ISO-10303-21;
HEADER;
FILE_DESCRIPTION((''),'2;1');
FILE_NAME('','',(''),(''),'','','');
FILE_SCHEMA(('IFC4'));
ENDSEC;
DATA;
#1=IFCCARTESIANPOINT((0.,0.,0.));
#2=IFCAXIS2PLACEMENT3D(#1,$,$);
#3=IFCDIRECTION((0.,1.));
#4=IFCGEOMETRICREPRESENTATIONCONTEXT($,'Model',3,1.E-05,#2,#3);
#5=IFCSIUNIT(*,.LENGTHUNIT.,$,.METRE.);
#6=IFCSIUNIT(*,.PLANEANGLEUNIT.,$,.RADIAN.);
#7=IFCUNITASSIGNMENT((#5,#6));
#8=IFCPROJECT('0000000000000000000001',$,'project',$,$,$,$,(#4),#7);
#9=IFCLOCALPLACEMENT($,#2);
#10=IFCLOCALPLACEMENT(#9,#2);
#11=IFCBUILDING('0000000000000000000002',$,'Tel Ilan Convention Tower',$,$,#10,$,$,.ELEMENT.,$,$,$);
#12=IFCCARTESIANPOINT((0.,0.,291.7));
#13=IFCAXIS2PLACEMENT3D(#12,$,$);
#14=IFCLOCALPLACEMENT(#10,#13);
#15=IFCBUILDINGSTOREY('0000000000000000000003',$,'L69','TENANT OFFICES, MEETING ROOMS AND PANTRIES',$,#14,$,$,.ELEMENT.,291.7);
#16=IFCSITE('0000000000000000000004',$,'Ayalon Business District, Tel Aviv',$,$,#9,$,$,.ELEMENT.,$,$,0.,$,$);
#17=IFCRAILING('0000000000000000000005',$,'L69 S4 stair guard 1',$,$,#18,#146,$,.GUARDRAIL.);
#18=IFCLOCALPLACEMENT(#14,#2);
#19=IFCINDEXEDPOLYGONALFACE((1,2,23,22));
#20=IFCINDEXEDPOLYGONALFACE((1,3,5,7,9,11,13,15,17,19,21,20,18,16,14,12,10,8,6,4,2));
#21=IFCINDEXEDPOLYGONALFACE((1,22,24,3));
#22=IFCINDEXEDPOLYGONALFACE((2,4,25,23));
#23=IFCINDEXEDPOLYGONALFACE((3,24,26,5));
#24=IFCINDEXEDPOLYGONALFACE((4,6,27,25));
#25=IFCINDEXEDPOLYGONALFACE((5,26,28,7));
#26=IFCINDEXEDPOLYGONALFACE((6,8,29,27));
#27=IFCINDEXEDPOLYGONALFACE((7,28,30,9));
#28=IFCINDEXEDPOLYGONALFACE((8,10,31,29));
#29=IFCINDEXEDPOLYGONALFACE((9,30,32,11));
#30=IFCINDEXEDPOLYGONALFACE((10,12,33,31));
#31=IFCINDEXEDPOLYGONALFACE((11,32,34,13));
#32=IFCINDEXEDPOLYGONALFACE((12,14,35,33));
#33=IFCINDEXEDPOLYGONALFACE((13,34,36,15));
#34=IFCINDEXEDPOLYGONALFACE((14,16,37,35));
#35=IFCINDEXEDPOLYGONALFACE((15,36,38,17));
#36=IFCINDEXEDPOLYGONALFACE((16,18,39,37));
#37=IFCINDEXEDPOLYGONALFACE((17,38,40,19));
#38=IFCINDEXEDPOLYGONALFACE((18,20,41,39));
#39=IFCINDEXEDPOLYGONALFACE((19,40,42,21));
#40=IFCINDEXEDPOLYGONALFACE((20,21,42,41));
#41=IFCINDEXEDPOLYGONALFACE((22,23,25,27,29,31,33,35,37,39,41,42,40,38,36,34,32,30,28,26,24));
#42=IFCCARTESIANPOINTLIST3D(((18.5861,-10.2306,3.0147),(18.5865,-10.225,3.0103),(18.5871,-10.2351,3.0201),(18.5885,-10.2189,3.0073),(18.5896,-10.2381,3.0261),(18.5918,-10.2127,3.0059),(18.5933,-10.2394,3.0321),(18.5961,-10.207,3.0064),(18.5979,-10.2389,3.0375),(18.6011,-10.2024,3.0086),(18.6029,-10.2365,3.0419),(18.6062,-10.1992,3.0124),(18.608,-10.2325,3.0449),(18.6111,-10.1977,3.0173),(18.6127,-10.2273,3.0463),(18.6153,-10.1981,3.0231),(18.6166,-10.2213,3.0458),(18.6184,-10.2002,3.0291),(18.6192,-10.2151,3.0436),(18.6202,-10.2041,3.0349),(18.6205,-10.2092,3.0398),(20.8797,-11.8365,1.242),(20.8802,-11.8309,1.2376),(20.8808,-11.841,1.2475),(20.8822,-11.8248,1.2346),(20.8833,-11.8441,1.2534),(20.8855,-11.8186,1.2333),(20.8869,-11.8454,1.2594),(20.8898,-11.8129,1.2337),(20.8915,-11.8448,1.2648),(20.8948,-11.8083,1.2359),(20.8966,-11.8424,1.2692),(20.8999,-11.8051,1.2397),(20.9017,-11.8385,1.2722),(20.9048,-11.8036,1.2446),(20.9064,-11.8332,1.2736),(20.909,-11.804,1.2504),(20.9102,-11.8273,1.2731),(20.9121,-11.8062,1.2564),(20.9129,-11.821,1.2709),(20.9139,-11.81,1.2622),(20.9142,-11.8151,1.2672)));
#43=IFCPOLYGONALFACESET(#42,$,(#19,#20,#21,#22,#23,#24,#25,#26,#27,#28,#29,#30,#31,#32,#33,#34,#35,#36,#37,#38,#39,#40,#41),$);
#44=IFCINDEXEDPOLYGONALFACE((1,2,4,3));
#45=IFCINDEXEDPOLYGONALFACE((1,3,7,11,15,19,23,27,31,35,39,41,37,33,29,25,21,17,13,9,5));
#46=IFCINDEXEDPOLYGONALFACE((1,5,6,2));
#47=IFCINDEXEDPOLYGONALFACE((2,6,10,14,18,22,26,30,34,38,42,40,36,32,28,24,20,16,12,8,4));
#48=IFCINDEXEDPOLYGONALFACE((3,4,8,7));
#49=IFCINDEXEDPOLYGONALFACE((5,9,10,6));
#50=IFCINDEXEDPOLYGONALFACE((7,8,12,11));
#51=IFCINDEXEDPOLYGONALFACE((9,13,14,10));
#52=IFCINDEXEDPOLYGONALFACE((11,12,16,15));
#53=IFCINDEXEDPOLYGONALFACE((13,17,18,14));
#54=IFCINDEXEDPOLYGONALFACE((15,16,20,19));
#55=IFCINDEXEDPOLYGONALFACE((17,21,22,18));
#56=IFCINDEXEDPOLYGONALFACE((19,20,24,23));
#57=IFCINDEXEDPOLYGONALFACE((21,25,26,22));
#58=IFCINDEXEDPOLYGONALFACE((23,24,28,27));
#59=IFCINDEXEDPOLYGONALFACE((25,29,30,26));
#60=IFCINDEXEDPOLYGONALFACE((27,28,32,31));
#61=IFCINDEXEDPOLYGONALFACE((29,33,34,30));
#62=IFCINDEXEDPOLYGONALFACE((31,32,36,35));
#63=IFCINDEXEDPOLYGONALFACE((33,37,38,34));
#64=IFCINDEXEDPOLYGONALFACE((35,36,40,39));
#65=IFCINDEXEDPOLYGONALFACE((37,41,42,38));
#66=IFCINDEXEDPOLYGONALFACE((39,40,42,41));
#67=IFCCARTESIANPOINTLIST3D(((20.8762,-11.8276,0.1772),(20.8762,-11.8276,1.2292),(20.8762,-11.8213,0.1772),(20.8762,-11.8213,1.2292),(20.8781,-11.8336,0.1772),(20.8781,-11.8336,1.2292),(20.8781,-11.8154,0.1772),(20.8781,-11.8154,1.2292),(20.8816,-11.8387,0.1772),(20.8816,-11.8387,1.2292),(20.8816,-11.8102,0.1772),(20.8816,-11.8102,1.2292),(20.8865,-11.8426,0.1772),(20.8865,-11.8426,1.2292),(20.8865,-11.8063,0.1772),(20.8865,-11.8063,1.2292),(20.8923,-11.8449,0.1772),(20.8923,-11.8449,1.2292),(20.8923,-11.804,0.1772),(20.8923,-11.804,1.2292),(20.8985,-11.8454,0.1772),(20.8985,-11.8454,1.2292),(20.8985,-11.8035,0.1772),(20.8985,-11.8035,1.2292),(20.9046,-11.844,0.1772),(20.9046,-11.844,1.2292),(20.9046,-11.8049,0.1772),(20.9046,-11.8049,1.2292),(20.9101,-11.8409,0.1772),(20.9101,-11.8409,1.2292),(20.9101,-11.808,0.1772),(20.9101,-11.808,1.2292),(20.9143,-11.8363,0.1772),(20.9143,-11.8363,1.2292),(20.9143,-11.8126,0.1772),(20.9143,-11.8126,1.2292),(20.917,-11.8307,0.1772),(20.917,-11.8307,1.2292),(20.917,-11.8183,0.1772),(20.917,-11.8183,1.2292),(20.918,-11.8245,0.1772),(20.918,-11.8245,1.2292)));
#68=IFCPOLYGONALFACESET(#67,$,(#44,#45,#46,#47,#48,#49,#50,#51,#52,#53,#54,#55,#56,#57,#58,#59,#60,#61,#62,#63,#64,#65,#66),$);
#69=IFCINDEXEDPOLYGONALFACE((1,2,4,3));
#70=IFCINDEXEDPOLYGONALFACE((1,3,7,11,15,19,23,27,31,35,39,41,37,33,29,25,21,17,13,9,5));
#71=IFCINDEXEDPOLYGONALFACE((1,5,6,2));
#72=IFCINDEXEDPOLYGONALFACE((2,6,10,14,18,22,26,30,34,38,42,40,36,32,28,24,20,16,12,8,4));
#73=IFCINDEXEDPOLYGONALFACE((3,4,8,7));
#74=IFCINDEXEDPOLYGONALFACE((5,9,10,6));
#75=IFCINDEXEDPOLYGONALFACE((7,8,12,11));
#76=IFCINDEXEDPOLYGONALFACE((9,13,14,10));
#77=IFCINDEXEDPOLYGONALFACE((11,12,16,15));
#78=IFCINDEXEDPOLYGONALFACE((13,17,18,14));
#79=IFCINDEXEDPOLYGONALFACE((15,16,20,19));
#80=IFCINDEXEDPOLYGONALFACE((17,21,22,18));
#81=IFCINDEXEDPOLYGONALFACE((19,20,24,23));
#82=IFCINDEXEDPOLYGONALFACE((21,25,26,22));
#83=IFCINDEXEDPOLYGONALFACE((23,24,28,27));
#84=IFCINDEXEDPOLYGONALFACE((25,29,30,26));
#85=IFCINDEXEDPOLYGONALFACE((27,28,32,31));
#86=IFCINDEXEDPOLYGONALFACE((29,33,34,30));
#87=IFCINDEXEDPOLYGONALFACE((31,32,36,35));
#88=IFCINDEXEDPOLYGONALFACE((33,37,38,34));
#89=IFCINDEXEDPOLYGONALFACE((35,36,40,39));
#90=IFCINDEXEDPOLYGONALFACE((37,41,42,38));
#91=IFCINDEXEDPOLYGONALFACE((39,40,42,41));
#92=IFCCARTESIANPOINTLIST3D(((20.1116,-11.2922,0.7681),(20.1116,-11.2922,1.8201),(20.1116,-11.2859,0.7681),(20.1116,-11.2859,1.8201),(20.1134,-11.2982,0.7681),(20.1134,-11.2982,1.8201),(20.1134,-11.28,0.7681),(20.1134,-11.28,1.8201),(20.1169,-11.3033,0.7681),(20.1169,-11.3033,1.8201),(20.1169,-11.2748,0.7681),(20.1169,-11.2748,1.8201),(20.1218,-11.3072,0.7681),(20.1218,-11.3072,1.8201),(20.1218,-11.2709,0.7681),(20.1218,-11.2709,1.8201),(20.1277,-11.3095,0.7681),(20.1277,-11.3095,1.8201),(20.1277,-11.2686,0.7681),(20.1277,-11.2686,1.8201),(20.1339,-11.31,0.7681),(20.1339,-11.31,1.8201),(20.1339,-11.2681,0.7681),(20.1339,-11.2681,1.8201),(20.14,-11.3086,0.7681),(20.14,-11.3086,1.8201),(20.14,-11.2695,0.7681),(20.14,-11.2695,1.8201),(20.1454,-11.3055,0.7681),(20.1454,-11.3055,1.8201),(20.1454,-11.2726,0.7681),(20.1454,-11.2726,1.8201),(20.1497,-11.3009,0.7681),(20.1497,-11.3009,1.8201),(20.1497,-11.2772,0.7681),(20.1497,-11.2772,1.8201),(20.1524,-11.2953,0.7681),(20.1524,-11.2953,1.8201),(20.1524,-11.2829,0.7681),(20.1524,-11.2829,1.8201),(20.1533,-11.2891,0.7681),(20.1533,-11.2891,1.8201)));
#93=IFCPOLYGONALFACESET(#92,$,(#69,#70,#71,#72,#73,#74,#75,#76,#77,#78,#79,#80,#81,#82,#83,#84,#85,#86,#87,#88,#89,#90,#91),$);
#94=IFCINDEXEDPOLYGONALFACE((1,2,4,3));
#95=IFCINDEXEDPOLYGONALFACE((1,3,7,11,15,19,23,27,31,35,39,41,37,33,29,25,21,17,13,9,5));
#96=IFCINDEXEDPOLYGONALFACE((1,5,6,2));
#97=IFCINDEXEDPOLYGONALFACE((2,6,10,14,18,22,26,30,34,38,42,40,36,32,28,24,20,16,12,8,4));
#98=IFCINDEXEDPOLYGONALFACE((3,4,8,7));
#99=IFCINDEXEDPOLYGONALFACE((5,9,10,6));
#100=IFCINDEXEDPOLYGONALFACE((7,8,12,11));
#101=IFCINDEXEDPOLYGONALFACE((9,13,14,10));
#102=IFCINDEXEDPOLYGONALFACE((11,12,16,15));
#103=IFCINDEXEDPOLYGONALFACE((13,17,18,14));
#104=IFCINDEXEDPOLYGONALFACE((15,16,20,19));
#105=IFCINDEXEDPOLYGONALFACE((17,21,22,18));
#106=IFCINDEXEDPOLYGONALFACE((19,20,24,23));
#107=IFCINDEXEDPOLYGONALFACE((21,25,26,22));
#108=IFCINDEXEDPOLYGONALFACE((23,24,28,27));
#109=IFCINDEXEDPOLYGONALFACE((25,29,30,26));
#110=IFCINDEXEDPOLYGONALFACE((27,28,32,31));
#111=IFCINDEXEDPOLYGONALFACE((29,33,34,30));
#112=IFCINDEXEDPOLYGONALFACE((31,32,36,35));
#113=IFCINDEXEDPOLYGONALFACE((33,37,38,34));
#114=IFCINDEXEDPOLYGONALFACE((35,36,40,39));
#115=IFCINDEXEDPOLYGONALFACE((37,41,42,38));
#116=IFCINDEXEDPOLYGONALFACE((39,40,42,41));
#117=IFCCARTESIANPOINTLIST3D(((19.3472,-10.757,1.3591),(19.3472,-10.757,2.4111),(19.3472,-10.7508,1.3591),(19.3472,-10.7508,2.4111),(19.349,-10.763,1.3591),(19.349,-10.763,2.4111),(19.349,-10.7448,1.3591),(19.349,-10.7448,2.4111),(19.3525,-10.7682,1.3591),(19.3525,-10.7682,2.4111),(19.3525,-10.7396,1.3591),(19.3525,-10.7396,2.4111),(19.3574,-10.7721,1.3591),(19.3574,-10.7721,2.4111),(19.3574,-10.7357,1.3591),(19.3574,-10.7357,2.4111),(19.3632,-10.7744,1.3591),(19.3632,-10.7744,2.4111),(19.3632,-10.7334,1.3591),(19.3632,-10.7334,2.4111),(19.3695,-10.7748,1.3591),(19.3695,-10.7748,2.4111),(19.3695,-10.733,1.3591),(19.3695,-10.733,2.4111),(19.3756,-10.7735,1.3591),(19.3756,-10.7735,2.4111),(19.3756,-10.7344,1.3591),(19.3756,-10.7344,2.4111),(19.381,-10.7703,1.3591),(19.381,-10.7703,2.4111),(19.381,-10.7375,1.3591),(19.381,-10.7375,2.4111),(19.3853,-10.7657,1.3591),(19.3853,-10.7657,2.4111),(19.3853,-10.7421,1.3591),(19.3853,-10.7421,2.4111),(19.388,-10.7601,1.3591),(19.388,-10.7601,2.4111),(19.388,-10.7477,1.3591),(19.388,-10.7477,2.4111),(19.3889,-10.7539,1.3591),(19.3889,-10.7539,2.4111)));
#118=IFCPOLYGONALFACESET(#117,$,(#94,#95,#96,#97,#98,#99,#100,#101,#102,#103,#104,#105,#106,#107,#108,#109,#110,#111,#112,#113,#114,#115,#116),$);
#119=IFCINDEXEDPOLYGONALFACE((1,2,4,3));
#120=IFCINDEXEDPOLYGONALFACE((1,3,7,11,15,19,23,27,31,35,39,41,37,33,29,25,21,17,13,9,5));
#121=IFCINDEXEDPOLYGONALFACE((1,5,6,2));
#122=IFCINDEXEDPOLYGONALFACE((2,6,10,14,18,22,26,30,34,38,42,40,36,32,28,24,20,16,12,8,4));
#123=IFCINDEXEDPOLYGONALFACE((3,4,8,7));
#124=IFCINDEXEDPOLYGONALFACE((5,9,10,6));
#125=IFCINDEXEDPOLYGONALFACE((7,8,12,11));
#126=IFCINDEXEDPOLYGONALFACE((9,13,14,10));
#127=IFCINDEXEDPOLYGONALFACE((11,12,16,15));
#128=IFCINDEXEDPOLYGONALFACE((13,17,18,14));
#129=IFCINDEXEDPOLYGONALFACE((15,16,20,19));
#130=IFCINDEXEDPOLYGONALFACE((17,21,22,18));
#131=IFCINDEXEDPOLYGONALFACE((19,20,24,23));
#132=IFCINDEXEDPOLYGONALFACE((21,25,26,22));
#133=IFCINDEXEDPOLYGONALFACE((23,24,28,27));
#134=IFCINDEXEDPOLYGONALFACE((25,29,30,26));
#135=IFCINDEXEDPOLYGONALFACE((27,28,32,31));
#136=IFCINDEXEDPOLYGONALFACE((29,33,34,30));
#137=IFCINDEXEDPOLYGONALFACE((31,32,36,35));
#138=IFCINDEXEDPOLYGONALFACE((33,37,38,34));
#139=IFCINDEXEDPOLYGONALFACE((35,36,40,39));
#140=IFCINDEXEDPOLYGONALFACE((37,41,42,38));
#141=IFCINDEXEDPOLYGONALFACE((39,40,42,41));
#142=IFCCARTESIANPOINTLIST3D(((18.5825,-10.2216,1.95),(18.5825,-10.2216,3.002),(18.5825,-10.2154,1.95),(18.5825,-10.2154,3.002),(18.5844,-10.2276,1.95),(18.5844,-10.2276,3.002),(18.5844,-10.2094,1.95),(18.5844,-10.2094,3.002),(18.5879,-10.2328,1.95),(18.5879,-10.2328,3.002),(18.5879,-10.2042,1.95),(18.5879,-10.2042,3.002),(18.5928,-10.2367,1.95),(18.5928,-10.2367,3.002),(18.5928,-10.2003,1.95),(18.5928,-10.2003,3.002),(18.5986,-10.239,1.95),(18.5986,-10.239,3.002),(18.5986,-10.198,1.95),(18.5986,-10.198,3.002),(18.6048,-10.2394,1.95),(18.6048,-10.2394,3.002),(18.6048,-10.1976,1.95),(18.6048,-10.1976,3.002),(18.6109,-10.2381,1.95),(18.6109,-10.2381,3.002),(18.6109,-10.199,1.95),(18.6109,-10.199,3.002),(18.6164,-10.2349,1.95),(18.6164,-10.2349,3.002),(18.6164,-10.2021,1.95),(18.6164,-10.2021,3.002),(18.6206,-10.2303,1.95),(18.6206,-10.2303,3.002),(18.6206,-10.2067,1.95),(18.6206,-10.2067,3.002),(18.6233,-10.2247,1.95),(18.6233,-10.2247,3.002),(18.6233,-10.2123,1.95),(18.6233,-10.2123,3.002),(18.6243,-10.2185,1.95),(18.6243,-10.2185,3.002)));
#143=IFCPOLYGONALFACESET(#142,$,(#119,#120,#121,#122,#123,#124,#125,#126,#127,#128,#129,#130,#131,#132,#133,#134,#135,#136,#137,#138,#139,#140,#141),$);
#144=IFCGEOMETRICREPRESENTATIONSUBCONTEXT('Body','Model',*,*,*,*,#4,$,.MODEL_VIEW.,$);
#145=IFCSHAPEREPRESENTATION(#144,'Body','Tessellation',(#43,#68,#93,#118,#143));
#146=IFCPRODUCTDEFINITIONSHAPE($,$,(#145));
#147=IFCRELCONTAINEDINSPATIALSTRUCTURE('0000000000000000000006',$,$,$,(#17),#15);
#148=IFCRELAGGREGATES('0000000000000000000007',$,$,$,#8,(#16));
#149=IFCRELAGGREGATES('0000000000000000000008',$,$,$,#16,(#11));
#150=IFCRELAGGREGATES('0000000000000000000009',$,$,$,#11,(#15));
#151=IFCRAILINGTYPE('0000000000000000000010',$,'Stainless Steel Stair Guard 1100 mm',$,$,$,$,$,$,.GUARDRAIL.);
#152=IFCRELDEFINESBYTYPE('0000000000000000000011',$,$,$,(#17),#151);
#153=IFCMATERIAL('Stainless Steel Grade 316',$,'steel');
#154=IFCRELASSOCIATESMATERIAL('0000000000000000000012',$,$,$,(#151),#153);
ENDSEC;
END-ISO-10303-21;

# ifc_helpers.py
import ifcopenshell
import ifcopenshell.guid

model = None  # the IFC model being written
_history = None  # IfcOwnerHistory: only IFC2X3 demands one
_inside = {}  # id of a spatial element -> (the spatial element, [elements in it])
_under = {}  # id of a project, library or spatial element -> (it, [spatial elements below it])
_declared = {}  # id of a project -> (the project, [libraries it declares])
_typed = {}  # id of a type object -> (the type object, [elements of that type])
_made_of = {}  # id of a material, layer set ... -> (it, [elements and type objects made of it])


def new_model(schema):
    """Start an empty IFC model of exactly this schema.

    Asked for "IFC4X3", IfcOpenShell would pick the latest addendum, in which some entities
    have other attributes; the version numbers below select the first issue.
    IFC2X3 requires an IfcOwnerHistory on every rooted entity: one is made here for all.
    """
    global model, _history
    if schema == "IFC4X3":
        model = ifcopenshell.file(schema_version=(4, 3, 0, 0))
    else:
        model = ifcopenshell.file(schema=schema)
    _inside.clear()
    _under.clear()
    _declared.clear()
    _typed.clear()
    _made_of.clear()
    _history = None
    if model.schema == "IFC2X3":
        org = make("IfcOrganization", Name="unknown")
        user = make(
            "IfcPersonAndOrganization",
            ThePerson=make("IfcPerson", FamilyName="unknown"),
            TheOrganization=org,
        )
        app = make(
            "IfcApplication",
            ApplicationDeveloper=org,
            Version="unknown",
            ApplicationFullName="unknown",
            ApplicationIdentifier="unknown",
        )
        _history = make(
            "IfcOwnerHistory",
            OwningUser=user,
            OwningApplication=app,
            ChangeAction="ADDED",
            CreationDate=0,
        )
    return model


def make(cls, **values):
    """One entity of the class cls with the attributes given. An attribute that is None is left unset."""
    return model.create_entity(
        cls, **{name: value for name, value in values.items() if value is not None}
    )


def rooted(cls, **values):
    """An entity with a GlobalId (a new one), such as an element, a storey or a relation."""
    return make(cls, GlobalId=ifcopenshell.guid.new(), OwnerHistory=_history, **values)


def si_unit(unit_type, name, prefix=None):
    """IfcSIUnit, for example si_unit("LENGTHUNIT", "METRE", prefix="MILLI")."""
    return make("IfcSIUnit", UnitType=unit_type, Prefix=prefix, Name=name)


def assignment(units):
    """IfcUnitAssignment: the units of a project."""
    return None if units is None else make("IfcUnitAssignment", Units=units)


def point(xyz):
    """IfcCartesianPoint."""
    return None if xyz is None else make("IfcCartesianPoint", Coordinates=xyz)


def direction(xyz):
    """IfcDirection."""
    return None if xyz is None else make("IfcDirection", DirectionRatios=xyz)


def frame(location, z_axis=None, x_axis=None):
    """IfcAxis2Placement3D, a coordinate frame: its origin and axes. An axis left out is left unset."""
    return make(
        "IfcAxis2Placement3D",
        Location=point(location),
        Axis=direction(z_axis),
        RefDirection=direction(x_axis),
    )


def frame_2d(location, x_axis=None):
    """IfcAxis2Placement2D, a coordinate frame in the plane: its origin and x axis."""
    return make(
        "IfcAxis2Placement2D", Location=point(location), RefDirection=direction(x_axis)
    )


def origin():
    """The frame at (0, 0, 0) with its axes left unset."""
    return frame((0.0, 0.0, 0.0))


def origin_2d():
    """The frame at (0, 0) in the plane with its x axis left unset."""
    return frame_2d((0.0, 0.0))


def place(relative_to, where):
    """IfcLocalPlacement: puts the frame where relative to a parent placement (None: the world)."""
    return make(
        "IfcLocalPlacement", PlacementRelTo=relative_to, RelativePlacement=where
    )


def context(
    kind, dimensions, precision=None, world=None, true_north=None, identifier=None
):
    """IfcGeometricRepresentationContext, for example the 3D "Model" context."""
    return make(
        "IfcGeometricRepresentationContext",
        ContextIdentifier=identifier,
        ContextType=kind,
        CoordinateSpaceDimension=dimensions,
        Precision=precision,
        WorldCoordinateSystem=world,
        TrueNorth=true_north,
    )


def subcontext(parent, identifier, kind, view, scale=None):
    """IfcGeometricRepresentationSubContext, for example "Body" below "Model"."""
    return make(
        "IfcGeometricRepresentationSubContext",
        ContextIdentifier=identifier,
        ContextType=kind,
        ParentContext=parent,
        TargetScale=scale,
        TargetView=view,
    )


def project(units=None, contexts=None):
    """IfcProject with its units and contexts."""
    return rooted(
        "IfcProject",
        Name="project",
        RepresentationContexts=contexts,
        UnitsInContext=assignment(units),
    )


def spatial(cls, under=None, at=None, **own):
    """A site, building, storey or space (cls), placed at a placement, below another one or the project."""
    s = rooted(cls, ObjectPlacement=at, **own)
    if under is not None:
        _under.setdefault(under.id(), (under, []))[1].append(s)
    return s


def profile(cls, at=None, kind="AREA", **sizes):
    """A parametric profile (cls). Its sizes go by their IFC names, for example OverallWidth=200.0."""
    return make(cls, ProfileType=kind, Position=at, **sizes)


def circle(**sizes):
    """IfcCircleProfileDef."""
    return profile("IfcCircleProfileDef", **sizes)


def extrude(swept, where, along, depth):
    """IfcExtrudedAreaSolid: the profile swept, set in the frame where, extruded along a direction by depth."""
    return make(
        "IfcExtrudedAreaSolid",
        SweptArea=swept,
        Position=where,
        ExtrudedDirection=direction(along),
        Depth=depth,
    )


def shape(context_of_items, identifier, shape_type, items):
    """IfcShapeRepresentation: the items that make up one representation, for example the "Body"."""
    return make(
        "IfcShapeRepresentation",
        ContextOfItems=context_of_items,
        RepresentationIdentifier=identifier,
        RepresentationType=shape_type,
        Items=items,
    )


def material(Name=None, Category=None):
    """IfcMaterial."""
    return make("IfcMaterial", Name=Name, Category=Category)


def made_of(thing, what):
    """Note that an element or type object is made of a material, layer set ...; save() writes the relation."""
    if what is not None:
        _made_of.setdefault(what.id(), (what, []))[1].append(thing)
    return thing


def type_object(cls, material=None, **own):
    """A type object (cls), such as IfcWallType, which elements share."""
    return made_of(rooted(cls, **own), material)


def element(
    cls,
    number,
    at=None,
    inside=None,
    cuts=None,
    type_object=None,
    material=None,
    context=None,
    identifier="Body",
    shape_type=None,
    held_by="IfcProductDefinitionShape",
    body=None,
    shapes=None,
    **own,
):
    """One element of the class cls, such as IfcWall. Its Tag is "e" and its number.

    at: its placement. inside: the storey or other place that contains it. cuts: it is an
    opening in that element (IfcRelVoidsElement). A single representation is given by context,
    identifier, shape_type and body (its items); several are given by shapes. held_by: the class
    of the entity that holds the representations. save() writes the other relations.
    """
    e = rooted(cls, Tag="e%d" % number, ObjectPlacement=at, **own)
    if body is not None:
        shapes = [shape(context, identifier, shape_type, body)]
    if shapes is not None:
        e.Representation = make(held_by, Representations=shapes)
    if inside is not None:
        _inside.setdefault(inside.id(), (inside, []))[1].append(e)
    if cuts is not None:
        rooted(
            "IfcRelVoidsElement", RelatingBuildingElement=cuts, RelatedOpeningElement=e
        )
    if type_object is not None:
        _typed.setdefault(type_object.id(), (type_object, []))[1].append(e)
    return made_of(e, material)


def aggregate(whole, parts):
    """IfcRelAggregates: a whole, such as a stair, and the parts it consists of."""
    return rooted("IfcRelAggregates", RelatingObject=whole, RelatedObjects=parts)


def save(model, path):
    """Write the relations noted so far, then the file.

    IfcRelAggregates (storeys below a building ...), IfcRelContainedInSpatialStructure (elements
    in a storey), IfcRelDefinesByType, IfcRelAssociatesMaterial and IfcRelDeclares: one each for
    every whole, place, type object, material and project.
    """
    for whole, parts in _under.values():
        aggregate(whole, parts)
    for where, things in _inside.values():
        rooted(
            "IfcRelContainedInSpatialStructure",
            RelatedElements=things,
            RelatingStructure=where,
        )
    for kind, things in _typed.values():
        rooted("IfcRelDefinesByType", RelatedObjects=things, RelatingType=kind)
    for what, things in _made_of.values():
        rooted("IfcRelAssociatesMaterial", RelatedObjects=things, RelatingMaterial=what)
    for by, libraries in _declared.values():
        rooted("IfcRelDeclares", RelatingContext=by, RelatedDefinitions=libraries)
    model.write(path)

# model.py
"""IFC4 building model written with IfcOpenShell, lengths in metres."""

from ifc_helpers import new_model, si_unit, direction, frame, origin, origin_2d, place, context, subcontext, project, spatial, circle, extrude, material, type_object, element, save


model = new_model("IFC4")

# Units and contexts
model_context = context("Model", 3, precision=1e-05, world=origin(), true_north=direction((0.0, 1.0)))
body_context = subcontext(model_context, "Body", "Model", "MODEL_VIEW")
ifc_project = project(units=[si_unit("LENGTHUNIT", "METRE"), si_unit("PLANEANGLEUNIT", "RADIAN")], contexts=[model_context])

# Site, building, storey
site_placement = place(None, origin())
site = spatial("IfcSite", under=ifc_project, at=site_placement, Name="Ayalon Business District, Tel Aviv", CompositionType="ELEMENT", RefElevation=0.0)
building_placement = place(site_placement, origin())
building = spatial("IfcBuilding", under=site, at=building_placement, Name="Tel Ilan Convention Tower", CompositionType="ELEMENT")
storey_placement = place(building_placement, frame((0.0, 0.0, 291.7)))
storey = spatial("IfcBuildingStorey", under=building, at=storey_placement, Name="L69", Description="TENANT OFFICES, MEETING ROOMS AND PANTRIES", CompositionType="ELEMENT", Elevation=291.7)

# Railing
ifc_material_1 = material(Name="Stainless Steel Grade 316", Category="steel")
railing_type_1 = type_object("IfcRailingType", Name="Stainless Steel Stair Guard 1100 mm", PredefinedType="GUARDRAIL", material=ifc_material_1)
railing_1_placement = place(storey_placement, frame((20.897, -11.8245, 0.1772)))
element("IfcRailing", 1, at=railing_1_placement, inside=storey, type_object=railing_type_1, Name="L69 S4 stair guard 1", PredefinedType="GUARDRAIL", context=body_context, shape_type="SweptSolid", body=[
    extrude(circle(Radius=0.0239, at=origin_2d()), frame((0.0, 0.0, 1.0762), z_axis=(-0.692123, 0.484597, 0.534913), x_axis=(-0.57355, -0.81917, 0.0)), (0.0, 0.0, 1.0), 3.314),
    extrude(circle(Radius=0.021, at=origin_2d()), origin(), (0.0, 0.0, 1.0), 1.052),
    extrude(circle(Radius=0.021, at=origin_2d()), frame((-0.7646, 0.5354, 0.5908)), (0.0, 0.0, 1.0), 1.052),
    extrude(circle(Radius=0.021, at=origin_2d()), frame((-1.5291, 1.0706, 1.1819)), (0.0, 0.0, 1.0), 1.052),
    extrude(circle(Radius=0.021, at=origin_2d()), frame((-2.2937, 1.606, 1.7727)), (0.0, 0.0, 1.0), 1.052),
])

save(model, "model.ifc")
